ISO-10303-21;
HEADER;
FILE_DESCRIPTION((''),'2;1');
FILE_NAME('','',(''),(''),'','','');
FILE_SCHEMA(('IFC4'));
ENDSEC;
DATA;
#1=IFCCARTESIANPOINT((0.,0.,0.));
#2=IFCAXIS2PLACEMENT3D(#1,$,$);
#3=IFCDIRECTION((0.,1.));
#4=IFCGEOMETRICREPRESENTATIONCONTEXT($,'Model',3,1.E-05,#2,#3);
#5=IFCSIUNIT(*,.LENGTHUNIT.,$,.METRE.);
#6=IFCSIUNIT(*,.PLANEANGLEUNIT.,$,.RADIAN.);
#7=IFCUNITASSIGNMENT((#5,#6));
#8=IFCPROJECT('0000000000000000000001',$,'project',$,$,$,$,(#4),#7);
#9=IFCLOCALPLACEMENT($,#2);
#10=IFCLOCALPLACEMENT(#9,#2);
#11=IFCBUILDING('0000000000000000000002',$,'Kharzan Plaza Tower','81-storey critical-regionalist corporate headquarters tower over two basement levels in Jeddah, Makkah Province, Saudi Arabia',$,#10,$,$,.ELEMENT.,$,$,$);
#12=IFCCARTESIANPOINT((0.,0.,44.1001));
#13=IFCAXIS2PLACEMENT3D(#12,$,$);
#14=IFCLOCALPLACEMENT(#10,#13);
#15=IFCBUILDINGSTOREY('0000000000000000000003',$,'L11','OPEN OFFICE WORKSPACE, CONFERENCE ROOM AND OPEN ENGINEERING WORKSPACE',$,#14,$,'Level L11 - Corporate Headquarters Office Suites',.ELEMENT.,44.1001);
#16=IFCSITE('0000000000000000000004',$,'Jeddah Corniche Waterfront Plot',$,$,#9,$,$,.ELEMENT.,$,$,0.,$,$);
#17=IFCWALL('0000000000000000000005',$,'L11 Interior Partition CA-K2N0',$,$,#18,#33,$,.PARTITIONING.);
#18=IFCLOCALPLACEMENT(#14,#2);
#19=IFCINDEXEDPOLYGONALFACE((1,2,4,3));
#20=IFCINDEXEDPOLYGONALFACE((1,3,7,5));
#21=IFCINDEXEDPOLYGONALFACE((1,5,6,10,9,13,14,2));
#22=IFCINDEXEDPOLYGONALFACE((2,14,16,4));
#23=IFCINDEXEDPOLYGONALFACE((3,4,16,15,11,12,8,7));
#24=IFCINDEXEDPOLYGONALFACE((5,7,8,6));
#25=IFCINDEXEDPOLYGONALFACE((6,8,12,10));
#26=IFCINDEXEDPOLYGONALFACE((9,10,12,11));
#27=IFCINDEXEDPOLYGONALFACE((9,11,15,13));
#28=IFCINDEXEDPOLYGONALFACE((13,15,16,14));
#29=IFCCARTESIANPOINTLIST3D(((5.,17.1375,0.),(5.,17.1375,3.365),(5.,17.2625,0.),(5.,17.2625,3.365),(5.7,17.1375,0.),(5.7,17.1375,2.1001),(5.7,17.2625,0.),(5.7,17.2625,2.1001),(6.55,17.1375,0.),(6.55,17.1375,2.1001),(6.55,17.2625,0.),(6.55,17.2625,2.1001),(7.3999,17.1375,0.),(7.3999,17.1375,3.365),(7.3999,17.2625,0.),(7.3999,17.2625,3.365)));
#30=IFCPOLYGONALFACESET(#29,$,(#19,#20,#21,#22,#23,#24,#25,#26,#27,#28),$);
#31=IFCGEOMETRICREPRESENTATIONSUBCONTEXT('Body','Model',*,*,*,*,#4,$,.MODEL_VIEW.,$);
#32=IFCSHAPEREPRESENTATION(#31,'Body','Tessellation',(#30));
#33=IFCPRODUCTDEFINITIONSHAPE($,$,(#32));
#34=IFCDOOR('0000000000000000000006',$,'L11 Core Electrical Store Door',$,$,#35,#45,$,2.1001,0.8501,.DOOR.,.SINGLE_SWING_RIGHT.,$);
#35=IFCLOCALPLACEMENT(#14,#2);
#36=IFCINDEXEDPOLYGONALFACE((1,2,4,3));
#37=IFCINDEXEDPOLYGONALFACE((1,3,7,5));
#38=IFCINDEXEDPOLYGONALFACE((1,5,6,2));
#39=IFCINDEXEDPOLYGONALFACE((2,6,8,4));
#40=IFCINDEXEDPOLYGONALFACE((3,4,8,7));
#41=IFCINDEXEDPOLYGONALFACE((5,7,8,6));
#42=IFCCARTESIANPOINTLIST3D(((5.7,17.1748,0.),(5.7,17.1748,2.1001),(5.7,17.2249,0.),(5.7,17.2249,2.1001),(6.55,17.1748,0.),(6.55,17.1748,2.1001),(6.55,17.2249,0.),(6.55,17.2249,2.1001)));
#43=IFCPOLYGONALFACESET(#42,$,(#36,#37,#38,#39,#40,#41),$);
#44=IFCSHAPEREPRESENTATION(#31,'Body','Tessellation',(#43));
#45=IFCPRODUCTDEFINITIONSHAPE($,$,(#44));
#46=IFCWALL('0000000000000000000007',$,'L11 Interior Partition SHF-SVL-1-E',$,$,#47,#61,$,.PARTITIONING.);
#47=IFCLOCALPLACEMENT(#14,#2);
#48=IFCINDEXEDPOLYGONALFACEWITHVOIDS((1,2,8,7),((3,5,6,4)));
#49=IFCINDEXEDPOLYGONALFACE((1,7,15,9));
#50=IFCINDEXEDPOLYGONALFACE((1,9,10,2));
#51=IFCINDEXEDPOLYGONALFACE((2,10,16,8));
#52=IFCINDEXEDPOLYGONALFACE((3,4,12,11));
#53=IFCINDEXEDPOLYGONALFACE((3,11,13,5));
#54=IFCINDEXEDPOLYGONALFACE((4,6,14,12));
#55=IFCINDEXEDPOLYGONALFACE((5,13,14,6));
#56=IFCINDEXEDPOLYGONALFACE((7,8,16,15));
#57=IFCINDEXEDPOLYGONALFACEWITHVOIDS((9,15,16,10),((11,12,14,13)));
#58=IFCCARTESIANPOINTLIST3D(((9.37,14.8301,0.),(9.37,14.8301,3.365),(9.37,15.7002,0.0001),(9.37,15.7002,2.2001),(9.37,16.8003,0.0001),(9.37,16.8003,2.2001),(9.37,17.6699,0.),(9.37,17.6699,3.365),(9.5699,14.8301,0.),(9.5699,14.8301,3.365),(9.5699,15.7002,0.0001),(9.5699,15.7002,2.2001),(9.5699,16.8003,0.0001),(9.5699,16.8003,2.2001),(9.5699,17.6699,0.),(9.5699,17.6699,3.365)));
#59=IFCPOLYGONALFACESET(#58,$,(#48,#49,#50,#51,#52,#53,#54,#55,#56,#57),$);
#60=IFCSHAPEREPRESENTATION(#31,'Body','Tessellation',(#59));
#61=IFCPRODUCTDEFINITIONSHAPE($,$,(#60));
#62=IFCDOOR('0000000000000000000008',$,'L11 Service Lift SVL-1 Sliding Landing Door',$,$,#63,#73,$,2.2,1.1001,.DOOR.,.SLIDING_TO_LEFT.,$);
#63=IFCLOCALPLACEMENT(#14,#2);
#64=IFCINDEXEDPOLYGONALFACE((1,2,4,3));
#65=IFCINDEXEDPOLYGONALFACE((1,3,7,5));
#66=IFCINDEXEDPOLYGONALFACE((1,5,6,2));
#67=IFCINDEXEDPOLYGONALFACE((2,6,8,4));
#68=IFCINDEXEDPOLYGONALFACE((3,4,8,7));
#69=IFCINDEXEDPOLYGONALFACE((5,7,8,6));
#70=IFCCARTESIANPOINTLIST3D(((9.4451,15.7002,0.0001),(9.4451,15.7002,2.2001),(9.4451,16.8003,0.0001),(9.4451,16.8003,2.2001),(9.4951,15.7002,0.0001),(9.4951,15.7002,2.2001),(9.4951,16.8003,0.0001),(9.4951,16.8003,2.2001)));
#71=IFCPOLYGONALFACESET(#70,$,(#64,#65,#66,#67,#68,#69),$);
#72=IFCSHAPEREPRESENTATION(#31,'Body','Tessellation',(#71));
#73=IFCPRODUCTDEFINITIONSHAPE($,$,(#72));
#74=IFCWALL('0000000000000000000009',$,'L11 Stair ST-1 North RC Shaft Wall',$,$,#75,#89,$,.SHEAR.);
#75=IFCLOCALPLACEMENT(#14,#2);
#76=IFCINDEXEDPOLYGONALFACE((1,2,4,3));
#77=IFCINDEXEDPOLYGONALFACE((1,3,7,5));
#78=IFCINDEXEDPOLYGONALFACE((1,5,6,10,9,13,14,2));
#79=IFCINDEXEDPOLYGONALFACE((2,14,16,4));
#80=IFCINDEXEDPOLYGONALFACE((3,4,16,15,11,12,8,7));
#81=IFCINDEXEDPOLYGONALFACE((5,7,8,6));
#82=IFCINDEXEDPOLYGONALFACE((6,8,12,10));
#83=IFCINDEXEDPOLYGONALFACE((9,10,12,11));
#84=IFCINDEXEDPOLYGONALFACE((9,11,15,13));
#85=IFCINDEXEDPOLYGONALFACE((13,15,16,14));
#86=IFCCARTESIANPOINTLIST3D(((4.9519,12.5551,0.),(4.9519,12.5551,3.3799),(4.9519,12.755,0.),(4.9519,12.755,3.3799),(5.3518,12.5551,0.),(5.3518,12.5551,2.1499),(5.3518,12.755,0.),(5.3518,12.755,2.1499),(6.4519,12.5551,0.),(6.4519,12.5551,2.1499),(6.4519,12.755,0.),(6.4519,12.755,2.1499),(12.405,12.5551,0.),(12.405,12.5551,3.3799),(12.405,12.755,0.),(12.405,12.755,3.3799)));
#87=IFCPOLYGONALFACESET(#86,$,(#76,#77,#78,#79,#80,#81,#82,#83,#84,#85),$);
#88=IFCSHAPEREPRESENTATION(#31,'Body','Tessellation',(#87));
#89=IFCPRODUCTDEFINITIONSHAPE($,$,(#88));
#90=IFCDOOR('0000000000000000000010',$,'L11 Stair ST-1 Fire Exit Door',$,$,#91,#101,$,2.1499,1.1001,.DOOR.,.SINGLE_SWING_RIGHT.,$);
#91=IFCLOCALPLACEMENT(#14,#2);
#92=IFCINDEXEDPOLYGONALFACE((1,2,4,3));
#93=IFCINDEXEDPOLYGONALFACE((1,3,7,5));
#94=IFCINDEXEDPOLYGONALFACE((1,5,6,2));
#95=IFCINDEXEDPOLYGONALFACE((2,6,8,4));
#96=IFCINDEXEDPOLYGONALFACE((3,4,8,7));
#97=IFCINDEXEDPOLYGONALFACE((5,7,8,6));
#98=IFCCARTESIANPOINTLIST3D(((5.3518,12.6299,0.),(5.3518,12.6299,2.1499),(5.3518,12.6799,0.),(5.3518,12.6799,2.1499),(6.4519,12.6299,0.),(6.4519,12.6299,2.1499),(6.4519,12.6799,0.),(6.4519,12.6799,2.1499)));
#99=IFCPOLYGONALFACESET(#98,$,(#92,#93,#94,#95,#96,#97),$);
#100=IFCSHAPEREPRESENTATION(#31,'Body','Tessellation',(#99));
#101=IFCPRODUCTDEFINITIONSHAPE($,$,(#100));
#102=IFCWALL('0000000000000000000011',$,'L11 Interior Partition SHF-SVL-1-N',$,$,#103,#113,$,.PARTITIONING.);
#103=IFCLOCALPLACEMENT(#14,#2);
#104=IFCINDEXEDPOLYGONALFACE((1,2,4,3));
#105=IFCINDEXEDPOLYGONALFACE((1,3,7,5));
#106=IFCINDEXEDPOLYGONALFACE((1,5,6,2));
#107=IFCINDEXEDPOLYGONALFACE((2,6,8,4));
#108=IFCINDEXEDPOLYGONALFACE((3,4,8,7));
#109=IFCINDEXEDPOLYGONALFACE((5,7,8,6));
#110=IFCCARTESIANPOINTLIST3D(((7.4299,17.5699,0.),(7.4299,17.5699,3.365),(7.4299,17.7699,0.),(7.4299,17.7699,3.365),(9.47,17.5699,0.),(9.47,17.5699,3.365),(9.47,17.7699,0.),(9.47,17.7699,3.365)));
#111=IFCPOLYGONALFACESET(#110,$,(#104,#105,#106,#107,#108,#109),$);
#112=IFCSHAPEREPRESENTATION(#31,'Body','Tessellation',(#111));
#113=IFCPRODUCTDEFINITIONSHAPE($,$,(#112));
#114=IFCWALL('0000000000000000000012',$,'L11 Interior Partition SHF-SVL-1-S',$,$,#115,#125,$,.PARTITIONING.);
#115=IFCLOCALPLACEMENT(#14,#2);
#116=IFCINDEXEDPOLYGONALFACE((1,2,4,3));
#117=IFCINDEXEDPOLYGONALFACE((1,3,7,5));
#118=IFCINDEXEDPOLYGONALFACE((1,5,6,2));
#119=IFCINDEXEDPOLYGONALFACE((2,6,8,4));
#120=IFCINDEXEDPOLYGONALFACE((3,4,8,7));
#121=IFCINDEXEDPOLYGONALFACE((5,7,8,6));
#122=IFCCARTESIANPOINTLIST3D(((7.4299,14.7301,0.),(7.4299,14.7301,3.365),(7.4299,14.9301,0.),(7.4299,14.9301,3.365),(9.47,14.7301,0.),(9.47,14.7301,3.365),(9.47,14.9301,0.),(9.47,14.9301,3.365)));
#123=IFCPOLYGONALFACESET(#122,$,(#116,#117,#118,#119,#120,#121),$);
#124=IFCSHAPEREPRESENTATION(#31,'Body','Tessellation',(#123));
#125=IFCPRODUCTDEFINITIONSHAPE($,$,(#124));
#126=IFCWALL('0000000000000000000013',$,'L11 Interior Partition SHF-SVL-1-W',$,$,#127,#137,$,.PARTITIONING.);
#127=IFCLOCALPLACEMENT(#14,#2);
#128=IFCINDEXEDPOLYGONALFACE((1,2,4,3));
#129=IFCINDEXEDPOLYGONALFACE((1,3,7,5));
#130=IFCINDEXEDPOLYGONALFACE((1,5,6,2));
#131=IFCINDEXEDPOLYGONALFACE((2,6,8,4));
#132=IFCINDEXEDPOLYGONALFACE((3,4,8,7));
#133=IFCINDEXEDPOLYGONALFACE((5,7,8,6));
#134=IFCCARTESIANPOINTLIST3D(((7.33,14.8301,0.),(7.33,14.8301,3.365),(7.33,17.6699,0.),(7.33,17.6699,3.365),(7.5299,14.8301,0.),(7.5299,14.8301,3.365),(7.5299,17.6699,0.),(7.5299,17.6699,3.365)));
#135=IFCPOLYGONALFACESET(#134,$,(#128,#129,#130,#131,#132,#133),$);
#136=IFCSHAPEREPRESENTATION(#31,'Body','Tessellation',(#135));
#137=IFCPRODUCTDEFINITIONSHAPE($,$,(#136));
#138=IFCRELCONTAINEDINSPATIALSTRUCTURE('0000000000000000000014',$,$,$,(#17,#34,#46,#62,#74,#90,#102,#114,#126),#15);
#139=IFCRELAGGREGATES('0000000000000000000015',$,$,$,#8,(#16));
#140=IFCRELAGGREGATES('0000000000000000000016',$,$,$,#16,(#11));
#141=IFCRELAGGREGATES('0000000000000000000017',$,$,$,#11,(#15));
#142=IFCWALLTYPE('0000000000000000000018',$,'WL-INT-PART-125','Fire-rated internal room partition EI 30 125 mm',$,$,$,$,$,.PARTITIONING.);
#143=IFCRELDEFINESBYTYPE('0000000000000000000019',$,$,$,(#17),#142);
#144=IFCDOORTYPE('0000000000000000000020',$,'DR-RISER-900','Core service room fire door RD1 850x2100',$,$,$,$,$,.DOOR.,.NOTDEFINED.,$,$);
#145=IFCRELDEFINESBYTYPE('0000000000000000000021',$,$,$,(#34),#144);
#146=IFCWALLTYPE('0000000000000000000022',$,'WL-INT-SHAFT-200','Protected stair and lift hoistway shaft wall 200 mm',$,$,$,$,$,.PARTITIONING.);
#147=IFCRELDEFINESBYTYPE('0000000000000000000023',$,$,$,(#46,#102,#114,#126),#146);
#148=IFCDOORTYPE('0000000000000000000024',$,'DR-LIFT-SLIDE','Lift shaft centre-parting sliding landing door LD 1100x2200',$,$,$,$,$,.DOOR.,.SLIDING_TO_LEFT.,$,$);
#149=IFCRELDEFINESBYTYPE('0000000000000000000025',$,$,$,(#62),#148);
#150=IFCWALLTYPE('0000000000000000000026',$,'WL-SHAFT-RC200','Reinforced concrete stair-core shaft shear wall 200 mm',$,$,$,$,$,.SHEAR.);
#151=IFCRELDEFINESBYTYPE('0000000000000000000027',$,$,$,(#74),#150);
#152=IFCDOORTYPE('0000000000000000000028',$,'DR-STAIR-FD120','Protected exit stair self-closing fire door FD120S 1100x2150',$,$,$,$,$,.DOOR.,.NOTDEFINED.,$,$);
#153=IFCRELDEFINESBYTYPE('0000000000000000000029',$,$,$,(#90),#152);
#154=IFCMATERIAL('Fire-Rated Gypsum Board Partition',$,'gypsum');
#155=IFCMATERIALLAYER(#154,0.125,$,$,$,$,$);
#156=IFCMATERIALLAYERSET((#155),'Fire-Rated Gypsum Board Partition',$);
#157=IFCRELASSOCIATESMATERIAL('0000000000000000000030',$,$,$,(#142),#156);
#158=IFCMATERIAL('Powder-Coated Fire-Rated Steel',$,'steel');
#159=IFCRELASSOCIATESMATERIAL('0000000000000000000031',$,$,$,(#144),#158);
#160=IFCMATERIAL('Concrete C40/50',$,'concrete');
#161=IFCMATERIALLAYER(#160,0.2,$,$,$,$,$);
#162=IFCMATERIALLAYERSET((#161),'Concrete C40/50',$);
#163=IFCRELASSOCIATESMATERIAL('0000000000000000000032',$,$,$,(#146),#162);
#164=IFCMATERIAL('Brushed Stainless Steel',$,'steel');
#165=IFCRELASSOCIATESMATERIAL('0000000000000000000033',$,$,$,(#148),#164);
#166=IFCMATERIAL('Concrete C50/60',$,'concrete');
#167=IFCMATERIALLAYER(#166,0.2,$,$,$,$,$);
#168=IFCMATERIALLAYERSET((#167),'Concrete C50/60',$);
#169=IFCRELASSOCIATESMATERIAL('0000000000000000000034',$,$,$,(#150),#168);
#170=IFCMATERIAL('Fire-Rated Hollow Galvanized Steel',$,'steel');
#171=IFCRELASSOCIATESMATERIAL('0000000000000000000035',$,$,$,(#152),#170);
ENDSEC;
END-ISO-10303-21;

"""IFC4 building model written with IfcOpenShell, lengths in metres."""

from ifc_helpers import new_model, si_unit, direction, frame, frame_2d, origin, place, context, subcontext, project, spatial, rectangle, extrude, source, transform, mapped, material, layer, layer_set, type_object, element, fill, save


model = new_model("IFC4")

# Units and contexts
model_context = context("Model", 3, precision=1e-05, world=origin(), true_north=direction((0.0, 1.0)))
body_context = subcontext(model_context, "Body", "Model", "MODEL_VIEW")
ifc_project = project(units=[si_unit("LENGTHUNIT", "METRE"), si_unit("PLANEANGLEUNIT", "RADIAN")], contexts=[model_context])

# Site, building, storey
site_placement = place(None, origin())
site = spatial("IfcSite", under=ifc_project, at=site_placement, Name="Jeddah Corniche Waterfront Plot", CompositionType="ELEMENT", RefElevation=0.0)
building_placement = place(site_placement, origin())
building = spatial("IfcBuilding", under=site, at=building_placement, Name="Kharzan Plaza Tower", Description="81-storey critical-regionalist corporate headquarters tower over two basement levels in Jeddah, Makkah Province, Saudi Arabia", CompositionType="ELEMENT")
storey_placement = place(building_placement, frame((0.0, 0.0, 44.1001)))
storey = spatial("IfcBuildingStorey", under=building, at=storey_placement, Name="L11", Description="OPEN OFFICE WORKSPACE, CONFERENCE ROOM AND OPEN ENGINEERING WORKSPACE", LongName="Level L11 - Corporate Headquarters Office Suites", CompositionType="ELEMENT", Elevation=44.1001)

# Shared definitions
ifc_material_1 = material(Name="Concrete C40/50", Category="concrete")

# Walls, openings, doors
ifc_material_2 = material(Name="Fire-Rated Gypsum Board Partition", Category="gypsum")
ifc_layer_1 = layer(ifc_material_2, 0.125)
ifc_layer_set_1 = layer_set([ifc_layer_1], Name="Fire-Rated Gypsum Board Partition")
wall_type_1 = type_object("IfcWallType", Name="WL-INT-PART-125", Description="Fire-rated internal room partition EI 30 125 mm", PredefinedType="PARTITIONING", material=ifc_layer_set_1)
wall_1_placement = place(storey_placement, frame((5.0, 17.2, 0.0), z_axis=(0.0, 0.0, 1.0), x_axis=(1.0, 0.0, 0.0)))
wall_1 = element("IfcWall", 1, at=wall_1_placement, inside=storey, type_object=wall_type_1, Name="L11 Interior Partition CA-K2N0", PredefinedType="PARTITIONING", context=body_context, shape_type="SweptSolid", body=[
    extrude(rectangle(XDim=2.3999, YDim=0.125, at=frame_2d((1.2, 0.0))), origin(), (0.0, 0.0, 1.0), 3.365),
])
opening_1_placement = place(wall_1_placement, frame((0.7, 0.0, 0.0)))
opening_1 = element("IfcOpeningElement", 2, at=opening_1_placement, cuts=wall_1, PredefinedType="OPENING", context=body_context, shape_type="SweptSolid", body=[
    extrude(rectangle(XDim=0.8501, YDim=2.1001, at=frame_2d((0.425, 1.05))), frame((0.0, 0.0725, 0.0), z_axis=(0.0, -1.0, 0.0), x_axis=(1.0, 0.0, 0.0)), (0.0, 0.0, 1.0), 0.145),
])
ifc_material_3 = material(Name="Powder-Coated Fire-Rated Steel", Category="steel")
door_type_1 = type_object("IfcDoorType", Name="DR-RISER-900", Description="Core service room fire door RD1 850x2100", OperationType="NOTDEFINED", PredefinedType="DOOR", material=ifc_material_3)
shared_shape_1 = source(origin(), body_context, "Body", "SweptSolid", [
    extrude(rectangle(XDim=0.8501, YDim=2.1001, at=frame_2d((0.425, 1.05))), frame((0.0, 0.0249, 0.0), z_axis=(0.0, -1.0, 0.0), x_axis=(1.0, 0.0, 0.0)), (0.0, 0.0, 1.0), 0.05),
])
door_1_placement = place(opening_1_placement, origin())
door_1 = element("IfcDoor", 3, at=door_1_placement, inside=storey, type_object=door_type_1, Name="L11 Core Electrical Store Door", OperationType="SINGLE_SWING_RIGHT", OverallHeight=2.1001, OverallWidth=0.8501, PredefinedType="DOOR", context=body_context, shape_type="MappedRepresentation", body=[
    mapped(shared_shape_1, transform((0.0, 0.0, 0.0), x_axis=(1.0, 0.0, 0.0), y_axis=(0.0, 1.0, 0.0), z_axis=(0.0, 0.0, 1.0))),
])
fill(opening_1, door_1)
ifc_layer_2 = layer(ifc_material_1, 0.2)
ifc_layer_set_2 = layer_set([ifc_layer_2], Name="Concrete C40/50")
wall_type_2 = type_object("IfcWallType", Name="WL-INT-SHAFT-200", Description="Protected stair and lift hoistway shaft wall 200 mm", PredefinedType="PARTITIONING", material=ifc_layer_set_2)
wall_2_placement = place(storey_placement, frame((9.47, 14.8301, 0.0), z_axis=(0.0, 0.0, 1.0), x_axis=(0.0, 1.0, 0.0)))
wall_2 = element("IfcWall", 4, at=wall_2_placement, inside=storey, type_object=wall_type_2, Name="L11 Interior Partition SHF-SVL-1-E", PredefinedType="PARTITIONING", context=body_context, shape_type="SweptSolid", body=[
    extrude(rectangle(XDim=2.8398, YDim=0.2, at=frame_2d((1.4199, 0.0))), origin(), (0.0, 0.0, 1.0), 3.365),
])
opening_2_placement = place(wall_2_placement, frame((0.8701, 0.0, 0.0)))
opening_2 = element("IfcOpeningElement", 5, at=opening_2_placement, cuts=wall_2, PredefinedType="OPENING", context=body_context, shape_type="SweptSolid", body=[
    extrude(rectangle(XDim=1.1001, YDim=2.2, at=frame_2d((0.55, 1.1001))), frame((0.0, 0.1099, 0.0), z_axis=(0.0, -1.0, 0.0), x_axis=(1.0, 0.0, 0.0)), (0.0, 0.0, 1.0), 0.22),
])
ifc_material_4 = material(Name="Brushed Stainless Steel", Category="steel")
door_type_2 = type_object("IfcDoorType", Name="DR-LIFT-SLIDE", Description="Lift shaft centre-parting sliding landing door LD 1100x2200", OperationType="SLIDING_TO_LEFT", PredefinedType="DOOR", material=ifc_material_4)
shared_shape_2 = source(origin(), body_context, "Body", "SweptSolid", [
    extrude(rectangle(XDim=1.1001, YDim=2.2, at=frame_2d((0.55, 1.1001))), frame((0.0, 0.0249, 0.0), z_axis=(0.0, -1.0, 0.0), x_axis=(1.0, 0.0, 0.0)), (0.0, 0.0, 1.0), 0.05),
])
door_2_placement = place(opening_2_placement, origin())
door_2 = element("IfcDoor", 6, at=door_2_placement, inside=storey, type_object=door_type_2, Name="L11 Service Lift SVL-1 Sliding Landing Door", OperationType="SLIDING_TO_LEFT", OverallHeight=2.2, OverallWidth=1.1001, PredefinedType="DOOR", context=body_context, shape_type="MappedRepresentation", body=[
    mapped(shared_shape_2, transform((0.0, 0.0, 0.0), x_axis=(1.0, 0.0, 0.0), y_axis=(0.0, 1.0, 0.0), z_axis=(0.0, 0.0, 1.0))),
])
fill(opening_2, door_2)
ifc_material_5 = material(Name="Concrete C50/60", Category="concrete")
ifc_layer_3 = layer(ifc_material_5, 0.2)
ifc_layer_set_3 = layer_set([ifc_layer_3], Name="Concrete C50/60")
wall_type_3 = type_object("IfcWallType", Name="WL-SHAFT-RC200", Description="Reinforced concrete stair-core shaft shear wall 200 mm", PredefinedType="SHEAR", material=ifc_layer_set_3)
wall_3_placement = place(storey_placement, frame((4.9519, 12.655, 0.0), z_axis=(0.0, 0.0, 1.0), x_axis=(1.0, 0.0, 0.0)))
wall_3 = element("IfcWall", 7, at=wall_3_placement, inside=storey, type_object=wall_type_3, Name="L11 Stair ST-1 North RC Shaft Wall", PredefinedType="SHEAR", context=body_context, shape_type="SweptSolid", body=[
    extrude(rectangle(XDim=7.4531, YDim=0.2, at=frame_2d((3.7266, 0.0))), origin(), (0.0, 0.0, 1.0), 3.3799),
])
opening_3_placement = place(wall_3_placement, frame((0.3999, 0.0, 0.0)))
opening_3 = element("IfcOpeningElement", 8, at=opening_3_placement, cuts=wall_3, PredefinedType="OPENING", context=body_context, shape_type="SweptSolid", body=[
    extrude(rectangle(XDim=1.1001, YDim=2.1499, at=frame_2d((0.55, 1.075))), frame((0.0, 0.1099, 0.0), z_axis=(0.0, -1.0, 0.0), x_axis=(1.0, 0.0, 0.0)), (0.0, 0.0, 1.0), 0.22),
])
ifc_material_6 = material(Name="Fire-Rated Hollow Galvanized Steel", Category="steel")
door_type_3 = type_object("IfcDoorType", Name="DR-STAIR-FD120", Description="Protected exit stair self-closing fire door FD120S 1100x2150", OperationType="NOTDEFINED", PredefinedType="DOOR", material=ifc_material_6)
shared_shape_3 = source(origin(), body_context, "Body", "SweptSolid", [
    extrude(rectangle(XDim=1.1001, YDim=2.1499, at=frame_2d((0.55, 1.075))), frame((0.0, 0.0249, 0.0), z_axis=(0.0, -1.0, 0.0), x_axis=(1.0, 0.0, 0.0)), (0.0, 0.0, 1.0), 0.05),
])
door_3_placement = place(opening_3_placement, origin())
door_3 = element("IfcDoor", 9, at=door_3_placement, inside=storey, type_object=door_type_3, Name="L11 Stair ST-1 Fire Exit Door", OperationType="SINGLE_SWING_RIGHT", OverallHeight=2.1499, OverallWidth=1.1001, PredefinedType="DOOR", context=body_context, shape_type="MappedRepresentation", body=[
    mapped(shared_shape_3, transform((0.0, 0.0, 0.0), x_axis=(1.0, 0.0, 0.0), y_axis=(0.0, 1.0, 0.0), z_axis=(0.0, 0.0, 1.0))),
])
fill(opening_3, door_3)

# Walls
shared_shape_4 = source(origin(), body_context, "Body", "SweptSolid", [
    extrude(rectangle(XDim=2.04, YDim=0.2, at=frame_2d((1.02, 0.0))), origin(), (0.0, 0.0, 1.0), 3.365),
])
for number, where, z_axis, x_axis, name in (
    (10, (7.4299, 17.6699, 0.0), (0.0, 0.0, 1.0), (1.0, 0.0, 0.0), "L11 Interior Partition SHF-SVL-1-N"),
    (11, (7.4299, 14.8301, 0.0), (0.0, 0.0, 1.0), (1.0, 0.0, 0.0), "L11 Interior Partition SHF-SVL-1-S"),
):
    element("IfcWall", number, at=place(storey_placement, frame(where, z_axis=z_axis, x_axis=x_axis)), inside=storey, type_object=wall_type_2, Name=name, PredefinedType="PARTITIONING", context=body_context, shape_type="MappedRepresentation", body=[
        mapped(shared_shape_4, transform((0.0, 0.0, 0.0), x_axis=(1.0, 0.0, 0.0), y_axis=(0.0, 1.0, 0.0), z_axis=(0.0, 0.0, 1.0))),
    ])
shared_shape_5 = source(origin(), body_context, "Body", "SweptSolid", [
    extrude(rectangle(XDim=2.8398, YDim=0.2, at=frame_2d((1.4199, 0.0))), origin(), (0.0, 0.0, 1.0), 3.365),
])
wall_4_placement = place(storey_placement, frame((7.4299, 14.8301, 0.0), z_axis=(0.0, 0.0, 1.0), x_axis=(0.0, 1.0, 0.0)))
element("IfcWall", 12, at=wall_4_placement, inside=storey, type_object=wall_type_2, Name="L11 Interior Partition SHF-SVL-1-W", PredefinedType="PARTITIONING", context=body_context, shape_type="MappedRepresentation", body=[
    mapped(shared_shape_5, transform((0.0, 0.0, 0.0), x_axis=(1.0, 0.0, 0.0), y_axis=(0.0, 1.0, 0.0), z_axis=(0.0, 0.0, 1.0))),
])

save(model, "model.ifc")
